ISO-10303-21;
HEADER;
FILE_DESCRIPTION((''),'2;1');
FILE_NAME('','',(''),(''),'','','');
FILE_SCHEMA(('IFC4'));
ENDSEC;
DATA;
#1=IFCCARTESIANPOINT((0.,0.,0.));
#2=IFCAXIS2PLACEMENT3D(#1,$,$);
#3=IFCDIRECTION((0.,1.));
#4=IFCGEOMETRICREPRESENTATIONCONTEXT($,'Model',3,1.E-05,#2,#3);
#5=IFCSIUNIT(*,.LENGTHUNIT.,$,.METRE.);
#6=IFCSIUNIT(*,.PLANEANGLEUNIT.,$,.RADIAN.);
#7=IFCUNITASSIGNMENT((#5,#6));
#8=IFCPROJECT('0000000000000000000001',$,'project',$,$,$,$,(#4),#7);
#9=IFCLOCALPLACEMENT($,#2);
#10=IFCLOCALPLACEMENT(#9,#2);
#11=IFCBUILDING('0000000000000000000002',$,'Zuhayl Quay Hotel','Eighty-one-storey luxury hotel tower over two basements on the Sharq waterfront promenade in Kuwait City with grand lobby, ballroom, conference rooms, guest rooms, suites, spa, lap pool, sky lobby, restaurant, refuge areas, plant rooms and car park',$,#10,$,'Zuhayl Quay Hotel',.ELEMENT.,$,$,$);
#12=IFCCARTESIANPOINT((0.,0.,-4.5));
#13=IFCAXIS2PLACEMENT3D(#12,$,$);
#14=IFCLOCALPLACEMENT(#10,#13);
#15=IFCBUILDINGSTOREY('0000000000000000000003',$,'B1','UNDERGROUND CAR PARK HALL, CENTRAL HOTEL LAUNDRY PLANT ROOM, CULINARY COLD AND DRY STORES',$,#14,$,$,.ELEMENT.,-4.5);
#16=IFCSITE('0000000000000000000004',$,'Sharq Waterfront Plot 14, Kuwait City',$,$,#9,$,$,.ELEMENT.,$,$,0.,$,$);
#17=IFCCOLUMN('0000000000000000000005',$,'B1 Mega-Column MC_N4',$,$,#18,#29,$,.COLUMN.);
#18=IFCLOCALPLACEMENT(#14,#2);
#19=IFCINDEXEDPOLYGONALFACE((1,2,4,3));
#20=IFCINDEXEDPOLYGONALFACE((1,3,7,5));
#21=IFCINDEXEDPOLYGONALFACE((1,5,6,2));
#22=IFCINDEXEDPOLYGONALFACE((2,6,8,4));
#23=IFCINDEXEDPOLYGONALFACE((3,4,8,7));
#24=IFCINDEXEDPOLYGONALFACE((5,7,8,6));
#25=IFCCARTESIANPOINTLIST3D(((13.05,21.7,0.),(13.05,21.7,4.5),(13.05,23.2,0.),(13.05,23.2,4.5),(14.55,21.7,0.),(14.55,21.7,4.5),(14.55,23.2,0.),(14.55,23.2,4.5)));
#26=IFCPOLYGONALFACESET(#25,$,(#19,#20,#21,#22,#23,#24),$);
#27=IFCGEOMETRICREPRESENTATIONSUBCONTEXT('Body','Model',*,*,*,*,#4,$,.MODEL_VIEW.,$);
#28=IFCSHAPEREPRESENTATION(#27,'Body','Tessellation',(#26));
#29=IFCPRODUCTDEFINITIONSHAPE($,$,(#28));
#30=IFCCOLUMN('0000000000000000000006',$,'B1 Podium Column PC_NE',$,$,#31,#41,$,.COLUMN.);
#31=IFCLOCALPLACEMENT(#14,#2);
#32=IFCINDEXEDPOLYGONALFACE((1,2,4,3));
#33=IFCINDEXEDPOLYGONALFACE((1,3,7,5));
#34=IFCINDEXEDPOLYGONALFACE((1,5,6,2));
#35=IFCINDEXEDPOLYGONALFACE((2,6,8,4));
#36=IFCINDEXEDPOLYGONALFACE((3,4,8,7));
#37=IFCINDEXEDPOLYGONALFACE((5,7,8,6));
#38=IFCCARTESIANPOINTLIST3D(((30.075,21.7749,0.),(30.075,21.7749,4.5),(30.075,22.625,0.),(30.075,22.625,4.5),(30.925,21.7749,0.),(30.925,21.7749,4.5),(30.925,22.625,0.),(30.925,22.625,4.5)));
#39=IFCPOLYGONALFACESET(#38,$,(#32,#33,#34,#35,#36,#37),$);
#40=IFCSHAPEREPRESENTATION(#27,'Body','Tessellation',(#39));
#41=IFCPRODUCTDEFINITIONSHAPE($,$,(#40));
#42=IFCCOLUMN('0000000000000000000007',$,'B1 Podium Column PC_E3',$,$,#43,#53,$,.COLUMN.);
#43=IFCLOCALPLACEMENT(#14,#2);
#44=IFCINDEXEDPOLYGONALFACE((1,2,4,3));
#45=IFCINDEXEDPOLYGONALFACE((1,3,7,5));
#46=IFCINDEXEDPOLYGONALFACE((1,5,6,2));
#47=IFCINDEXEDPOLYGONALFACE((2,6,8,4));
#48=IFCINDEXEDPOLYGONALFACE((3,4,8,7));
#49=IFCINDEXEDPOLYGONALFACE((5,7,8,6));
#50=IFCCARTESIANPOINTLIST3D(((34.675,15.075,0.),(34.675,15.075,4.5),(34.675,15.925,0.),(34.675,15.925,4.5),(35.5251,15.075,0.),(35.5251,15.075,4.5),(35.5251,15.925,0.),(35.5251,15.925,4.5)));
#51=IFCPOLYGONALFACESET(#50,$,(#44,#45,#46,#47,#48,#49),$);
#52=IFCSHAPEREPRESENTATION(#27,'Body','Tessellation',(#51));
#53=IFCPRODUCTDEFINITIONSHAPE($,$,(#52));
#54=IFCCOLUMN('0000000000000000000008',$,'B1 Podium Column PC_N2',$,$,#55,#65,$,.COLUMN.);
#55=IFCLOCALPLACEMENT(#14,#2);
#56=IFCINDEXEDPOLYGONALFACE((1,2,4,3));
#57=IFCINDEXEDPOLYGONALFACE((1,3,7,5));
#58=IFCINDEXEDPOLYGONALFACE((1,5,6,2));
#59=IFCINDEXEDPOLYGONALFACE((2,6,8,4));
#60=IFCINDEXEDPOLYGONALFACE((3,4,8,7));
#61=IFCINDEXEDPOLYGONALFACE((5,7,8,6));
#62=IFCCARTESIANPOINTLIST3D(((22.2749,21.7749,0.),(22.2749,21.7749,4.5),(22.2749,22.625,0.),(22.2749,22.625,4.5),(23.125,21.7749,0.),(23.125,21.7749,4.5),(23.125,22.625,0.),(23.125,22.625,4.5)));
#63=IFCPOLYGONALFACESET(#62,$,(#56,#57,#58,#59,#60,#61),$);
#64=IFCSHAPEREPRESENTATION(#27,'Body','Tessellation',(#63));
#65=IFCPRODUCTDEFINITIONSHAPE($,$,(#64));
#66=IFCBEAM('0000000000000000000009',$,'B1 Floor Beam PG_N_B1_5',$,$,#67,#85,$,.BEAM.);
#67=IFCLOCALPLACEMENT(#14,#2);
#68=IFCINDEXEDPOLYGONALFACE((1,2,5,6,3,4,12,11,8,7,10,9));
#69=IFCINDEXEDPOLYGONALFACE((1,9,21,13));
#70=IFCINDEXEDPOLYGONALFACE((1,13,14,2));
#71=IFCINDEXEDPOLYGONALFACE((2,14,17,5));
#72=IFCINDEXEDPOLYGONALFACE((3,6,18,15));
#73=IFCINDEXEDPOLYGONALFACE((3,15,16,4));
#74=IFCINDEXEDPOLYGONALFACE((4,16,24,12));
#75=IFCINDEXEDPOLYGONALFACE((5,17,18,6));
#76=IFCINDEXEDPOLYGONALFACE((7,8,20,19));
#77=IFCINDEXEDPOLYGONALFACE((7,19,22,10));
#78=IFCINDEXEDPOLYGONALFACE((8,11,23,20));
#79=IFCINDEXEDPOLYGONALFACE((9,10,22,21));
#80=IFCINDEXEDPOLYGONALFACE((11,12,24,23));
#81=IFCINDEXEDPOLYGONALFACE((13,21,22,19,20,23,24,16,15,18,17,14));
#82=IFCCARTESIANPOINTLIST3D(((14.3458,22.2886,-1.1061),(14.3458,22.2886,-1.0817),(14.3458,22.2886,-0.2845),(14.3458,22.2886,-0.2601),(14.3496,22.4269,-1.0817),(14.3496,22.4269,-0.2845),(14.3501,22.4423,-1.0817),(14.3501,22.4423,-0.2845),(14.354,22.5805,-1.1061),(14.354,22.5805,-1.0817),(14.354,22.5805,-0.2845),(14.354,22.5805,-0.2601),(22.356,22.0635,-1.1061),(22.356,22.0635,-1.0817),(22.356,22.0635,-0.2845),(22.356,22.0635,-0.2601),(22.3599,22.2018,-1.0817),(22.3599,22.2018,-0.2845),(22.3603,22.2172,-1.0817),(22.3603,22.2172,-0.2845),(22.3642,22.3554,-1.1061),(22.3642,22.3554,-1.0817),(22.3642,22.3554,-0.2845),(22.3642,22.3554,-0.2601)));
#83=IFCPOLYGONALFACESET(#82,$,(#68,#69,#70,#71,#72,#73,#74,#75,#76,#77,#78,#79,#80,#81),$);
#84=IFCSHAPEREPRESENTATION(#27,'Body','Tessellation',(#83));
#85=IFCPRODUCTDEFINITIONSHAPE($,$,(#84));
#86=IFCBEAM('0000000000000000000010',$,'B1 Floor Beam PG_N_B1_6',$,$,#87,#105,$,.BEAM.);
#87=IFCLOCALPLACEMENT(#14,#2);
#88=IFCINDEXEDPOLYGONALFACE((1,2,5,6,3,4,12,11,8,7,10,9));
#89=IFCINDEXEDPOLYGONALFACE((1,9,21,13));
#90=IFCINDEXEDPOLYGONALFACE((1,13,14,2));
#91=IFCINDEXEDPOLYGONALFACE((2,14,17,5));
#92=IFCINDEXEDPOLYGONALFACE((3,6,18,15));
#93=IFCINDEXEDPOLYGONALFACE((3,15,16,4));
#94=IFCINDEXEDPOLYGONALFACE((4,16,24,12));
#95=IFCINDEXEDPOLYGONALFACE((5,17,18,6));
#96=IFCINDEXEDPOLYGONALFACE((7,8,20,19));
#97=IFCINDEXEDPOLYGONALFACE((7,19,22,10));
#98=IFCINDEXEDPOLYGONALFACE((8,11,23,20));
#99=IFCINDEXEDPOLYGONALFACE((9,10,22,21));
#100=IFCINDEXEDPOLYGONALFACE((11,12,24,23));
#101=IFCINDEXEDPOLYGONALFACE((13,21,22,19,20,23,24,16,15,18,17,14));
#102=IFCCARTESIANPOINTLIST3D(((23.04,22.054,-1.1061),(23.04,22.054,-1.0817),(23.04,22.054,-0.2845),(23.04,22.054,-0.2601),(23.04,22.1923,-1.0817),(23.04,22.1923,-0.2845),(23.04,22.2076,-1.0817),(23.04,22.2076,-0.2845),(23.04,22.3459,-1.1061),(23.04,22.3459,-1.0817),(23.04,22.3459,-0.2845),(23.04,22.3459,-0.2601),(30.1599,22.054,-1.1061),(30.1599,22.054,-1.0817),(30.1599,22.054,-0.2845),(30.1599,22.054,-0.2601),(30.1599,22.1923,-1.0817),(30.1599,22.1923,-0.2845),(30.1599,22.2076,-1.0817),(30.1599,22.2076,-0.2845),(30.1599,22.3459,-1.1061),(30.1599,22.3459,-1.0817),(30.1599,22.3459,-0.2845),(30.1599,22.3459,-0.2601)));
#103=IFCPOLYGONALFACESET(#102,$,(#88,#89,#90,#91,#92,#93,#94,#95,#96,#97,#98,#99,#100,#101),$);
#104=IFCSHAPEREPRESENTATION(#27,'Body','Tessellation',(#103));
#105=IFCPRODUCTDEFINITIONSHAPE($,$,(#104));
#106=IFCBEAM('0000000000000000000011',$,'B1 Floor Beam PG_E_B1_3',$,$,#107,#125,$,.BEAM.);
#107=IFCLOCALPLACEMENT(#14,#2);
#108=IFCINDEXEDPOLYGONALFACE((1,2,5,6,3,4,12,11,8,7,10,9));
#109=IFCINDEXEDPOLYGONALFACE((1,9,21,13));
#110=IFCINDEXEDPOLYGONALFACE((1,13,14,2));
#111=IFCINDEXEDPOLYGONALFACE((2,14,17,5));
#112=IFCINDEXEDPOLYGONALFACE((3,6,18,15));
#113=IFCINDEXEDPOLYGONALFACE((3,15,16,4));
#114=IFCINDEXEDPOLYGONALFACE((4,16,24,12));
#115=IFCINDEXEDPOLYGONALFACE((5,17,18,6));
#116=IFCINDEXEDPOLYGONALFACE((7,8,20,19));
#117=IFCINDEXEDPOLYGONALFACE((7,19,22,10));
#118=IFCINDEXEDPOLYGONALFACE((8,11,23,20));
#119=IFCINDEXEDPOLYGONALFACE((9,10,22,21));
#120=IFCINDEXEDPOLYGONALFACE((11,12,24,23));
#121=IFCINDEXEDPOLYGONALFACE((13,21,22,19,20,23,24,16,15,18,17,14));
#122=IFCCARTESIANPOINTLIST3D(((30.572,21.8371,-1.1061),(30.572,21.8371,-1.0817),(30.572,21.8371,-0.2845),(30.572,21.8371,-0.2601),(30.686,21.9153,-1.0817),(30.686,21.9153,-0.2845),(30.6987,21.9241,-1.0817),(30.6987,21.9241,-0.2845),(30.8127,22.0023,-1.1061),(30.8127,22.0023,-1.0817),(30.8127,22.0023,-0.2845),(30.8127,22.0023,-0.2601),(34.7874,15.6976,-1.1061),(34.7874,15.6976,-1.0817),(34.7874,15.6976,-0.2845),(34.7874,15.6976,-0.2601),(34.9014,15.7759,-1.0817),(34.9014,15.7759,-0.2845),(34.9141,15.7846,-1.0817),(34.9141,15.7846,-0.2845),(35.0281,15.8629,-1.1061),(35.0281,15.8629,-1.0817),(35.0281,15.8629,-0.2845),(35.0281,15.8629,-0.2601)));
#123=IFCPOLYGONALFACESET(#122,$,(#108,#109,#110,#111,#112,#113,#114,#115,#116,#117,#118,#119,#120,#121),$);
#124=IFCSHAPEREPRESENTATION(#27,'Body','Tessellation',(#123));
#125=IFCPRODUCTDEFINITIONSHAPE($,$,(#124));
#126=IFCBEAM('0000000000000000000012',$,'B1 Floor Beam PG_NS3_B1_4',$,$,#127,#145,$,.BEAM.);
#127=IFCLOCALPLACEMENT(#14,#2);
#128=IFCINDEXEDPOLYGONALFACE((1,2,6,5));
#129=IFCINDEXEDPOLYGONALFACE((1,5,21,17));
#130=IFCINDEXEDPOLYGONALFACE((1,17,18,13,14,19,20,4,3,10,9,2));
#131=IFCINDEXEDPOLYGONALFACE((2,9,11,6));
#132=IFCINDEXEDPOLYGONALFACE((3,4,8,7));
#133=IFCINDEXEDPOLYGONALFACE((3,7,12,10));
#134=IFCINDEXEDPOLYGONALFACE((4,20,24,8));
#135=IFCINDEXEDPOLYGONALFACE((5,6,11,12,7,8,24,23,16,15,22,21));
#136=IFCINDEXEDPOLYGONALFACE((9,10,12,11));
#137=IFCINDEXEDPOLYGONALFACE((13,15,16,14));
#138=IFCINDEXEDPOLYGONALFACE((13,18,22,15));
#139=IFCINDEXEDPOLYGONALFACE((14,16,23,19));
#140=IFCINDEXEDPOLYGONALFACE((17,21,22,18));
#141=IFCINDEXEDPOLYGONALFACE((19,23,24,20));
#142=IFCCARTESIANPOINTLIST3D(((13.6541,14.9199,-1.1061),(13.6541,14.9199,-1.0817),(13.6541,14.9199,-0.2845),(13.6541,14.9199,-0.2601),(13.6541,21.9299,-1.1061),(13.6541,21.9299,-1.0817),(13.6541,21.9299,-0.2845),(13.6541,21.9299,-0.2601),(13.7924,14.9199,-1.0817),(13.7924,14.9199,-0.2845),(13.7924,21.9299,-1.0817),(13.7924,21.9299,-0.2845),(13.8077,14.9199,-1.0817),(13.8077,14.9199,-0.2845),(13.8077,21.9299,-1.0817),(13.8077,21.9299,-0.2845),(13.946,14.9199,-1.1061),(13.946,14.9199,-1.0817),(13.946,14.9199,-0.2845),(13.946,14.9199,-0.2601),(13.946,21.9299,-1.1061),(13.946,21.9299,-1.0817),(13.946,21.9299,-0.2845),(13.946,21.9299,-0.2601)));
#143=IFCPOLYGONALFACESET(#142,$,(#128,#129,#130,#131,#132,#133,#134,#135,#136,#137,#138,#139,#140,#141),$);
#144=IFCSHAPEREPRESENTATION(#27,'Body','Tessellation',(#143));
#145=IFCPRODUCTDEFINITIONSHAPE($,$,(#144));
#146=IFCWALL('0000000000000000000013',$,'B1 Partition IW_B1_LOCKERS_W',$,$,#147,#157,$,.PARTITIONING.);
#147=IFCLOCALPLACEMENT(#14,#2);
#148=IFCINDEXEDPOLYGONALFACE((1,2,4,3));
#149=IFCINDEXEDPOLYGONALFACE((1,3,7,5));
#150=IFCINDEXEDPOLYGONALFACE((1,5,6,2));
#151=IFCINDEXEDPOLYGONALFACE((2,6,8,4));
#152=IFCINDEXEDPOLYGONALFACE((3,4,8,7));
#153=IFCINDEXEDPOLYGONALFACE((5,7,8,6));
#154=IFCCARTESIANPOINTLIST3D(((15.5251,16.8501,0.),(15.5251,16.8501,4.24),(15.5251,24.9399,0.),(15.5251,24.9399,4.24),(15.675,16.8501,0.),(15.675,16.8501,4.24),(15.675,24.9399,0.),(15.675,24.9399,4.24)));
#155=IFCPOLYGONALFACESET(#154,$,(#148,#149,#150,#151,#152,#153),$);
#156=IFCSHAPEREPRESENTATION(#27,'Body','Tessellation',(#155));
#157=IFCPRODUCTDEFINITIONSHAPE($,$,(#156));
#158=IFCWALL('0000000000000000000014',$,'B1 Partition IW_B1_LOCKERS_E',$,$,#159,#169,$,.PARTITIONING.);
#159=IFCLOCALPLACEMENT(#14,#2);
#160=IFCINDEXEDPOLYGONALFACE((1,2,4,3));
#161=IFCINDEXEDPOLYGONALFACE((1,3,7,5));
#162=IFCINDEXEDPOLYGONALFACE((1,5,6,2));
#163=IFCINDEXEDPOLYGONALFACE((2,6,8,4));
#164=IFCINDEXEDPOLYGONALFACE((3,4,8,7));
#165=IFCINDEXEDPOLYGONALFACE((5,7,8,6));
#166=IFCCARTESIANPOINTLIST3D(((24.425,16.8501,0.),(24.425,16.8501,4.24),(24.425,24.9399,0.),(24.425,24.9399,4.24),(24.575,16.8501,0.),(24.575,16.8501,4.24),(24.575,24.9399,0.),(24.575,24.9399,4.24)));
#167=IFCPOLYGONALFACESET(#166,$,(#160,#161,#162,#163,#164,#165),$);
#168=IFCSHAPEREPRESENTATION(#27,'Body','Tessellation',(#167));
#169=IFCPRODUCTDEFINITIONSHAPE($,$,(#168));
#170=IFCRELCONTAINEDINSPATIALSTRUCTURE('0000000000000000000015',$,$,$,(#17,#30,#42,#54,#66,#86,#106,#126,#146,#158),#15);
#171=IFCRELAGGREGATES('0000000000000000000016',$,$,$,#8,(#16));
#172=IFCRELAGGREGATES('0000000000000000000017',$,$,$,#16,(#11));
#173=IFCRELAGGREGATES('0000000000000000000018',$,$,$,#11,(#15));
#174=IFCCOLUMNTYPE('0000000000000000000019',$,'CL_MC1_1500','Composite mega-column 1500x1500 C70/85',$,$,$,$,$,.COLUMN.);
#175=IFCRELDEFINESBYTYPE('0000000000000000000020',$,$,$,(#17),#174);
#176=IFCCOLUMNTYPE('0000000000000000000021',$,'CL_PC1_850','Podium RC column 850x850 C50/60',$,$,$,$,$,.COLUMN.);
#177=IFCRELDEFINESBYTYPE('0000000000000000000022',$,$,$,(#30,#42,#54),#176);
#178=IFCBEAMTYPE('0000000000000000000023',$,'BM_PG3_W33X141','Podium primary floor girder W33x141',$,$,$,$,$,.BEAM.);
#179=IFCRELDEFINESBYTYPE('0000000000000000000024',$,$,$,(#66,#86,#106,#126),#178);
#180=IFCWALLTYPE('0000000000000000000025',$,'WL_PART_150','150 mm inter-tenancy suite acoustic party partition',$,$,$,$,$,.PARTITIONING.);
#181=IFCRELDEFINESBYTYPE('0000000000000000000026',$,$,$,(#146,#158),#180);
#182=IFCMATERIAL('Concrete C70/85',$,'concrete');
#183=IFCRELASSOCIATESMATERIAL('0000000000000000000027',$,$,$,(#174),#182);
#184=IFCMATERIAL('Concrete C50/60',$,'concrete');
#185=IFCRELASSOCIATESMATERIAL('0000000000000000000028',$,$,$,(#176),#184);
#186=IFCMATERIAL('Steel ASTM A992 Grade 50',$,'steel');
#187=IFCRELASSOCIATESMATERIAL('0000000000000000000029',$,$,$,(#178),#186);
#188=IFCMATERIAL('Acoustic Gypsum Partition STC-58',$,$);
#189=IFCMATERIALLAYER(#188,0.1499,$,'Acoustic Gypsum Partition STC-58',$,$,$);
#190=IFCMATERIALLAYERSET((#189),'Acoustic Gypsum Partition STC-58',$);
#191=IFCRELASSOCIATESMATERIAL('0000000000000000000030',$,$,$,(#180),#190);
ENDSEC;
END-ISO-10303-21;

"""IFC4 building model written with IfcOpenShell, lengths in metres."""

from ifc_helpers import new_model, si_unit, direction, frame, frame_2d, origin, origin_2d, place, context, subcontext, project, spatial, rectangle, i_section, extrude, material, layer, layer_set, material_profile, profile_set, type_object, element, save


model = new_model("IFC4")

# Units and contexts
model_context = context("Model", 3, precision=1e-05, world=origin(), true_north=direction((0.0, 1.0)))
body_context = subcontext(model_context, "Body", "Model", "MODEL_VIEW")
ifc_project = project(units=[si_unit("LENGTHUNIT", "METRE"), si_unit("PLANEANGLEUNIT", "RADIAN")], contexts=[model_context])

# Site, building, storey
site_placement = place(None, origin())
site = spatial("IfcSite", under=ifc_project, at=site_placement, Name="Sharq Waterfront Plot 14, Kuwait City", CompositionType="ELEMENT", RefElevation=0.0)
building_placement = place(site_placement, origin())
building = spatial("IfcBuilding", under=site, at=building_placement, Name="Zuhayl Quay Hotel", Description="Eighty-one-storey luxury hotel tower over two basements on the Sharq waterfront promenade in Kuwait City with grand lobby, ballroom, conference rooms, guest rooms, suites, spa, lap pool, sky lobby, restaurant, refuge areas, plant rooms and car park", LongName="Zuhayl Quay Hotel", CompositionType="ELEMENT")
storey_placement = place(building_placement, frame((0.0, 0.0, -4.5)))
storey = spatial("IfcBuildingStorey", under=building, at=storey_placement, Name="B1", Description="UNDERGROUND CAR PARK HALL, CENTRAL HOTEL LAUNDRY PLANT ROOM, CULINARY COLD AND DRY STORES", CompositionType="ELEMENT", Elevation=-4.5)

# Columns
ifc_material_1 = material(Name="Concrete C70/85", Category="concrete")
ifc_material_profile_1 = material_profile(ifc_material_1, rectangle(XDim=1.5, YDim=1.5, at=origin_2d()), Name="RC1500X1500")
ifc_profile_set_1 = profile_set([ifc_material_profile_1], Name="Concrete C70/85")
column_type_1 = type_object("IfcColumnType", Name="CL_MC1_1500", Description="Composite mega-column 1500x1500 C70/85", PredefinedType="COLUMN", material=ifc_profile_set_1)
column_placement = place(storey_placement, frame((13.8, 22.45, 0.0), z_axis=(0.0, 0.0, 1.0), x_axis=(1.0, 0.0, 0.0)))
element("IfcColumn", 1, at=column_placement, inside=storey, type_object=column_type_1, Name="B1 Mega-Column MC_N4", PredefinedType="COLUMN", context=body_context, shape_type="SweptSolid", body=[
    extrude(rectangle(XDim=1.5, YDim=1.5, at=origin_2d()), origin(), (0.0, 0.0, 1.0), 4.5),
])
ifc_material_2 = material(Name="Concrete C50/60", Category="concrete")
ifc_material_profile_2 = material_profile(ifc_material_2, rectangle(XDim=0.8501, YDim=0.8501, at=origin_2d()), Name="RC850X850")
ifc_profile_set_2 = profile_set([ifc_material_profile_2], Name="Concrete C50/60")
column_type_2 = type_object("IfcColumnType", Name="CL_PC1_850", Description="Podium RC column 850x850 C50/60", PredefinedType="COLUMN", material=ifc_profile_set_2)
for number, where, z_axis, x_axis, name in (
    (2, (30.5, 22.2, 0.0), (0.0, 0.0, 1.0), (1.0, 0.0, 0.0), "B1 Podium Column PC_NE"),
    (3, (35.1001, 15.5, 0.0), (0.0, 0.0, 1.0), (1.0, 0.0, 0.0), "B1 Podium Column PC_E3"),
    (4, (22.7, 22.2, 0.0), (0.0, 0.0, 1.0), (1.0, 0.0, 0.0), "B1 Podium Column PC_N2"),
):
    element("IfcColumn", number, at=place(storey_placement, frame(where, z_axis=z_axis, x_axis=x_axis)), inside=storey, type_object=column_type_2, Name=name, PredefinedType="COLUMN", context=body_context, shape_type="SweptSolid", body=[
        extrude(rectangle(XDim=0.8501, YDim=0.8501, at=origin_2d()), origin(), (0.0, 0.0, 1.0), 4.5),
    ])

# Beams
ifc_material_3 = material(Name="Steel ASTM A992 Grade 50", Category="steel")
ifc_material_profile_3 = material_profile(ifc_material_3, i_section(OverallWidth=0.292, OverallDepth=0.8459, WebThickness=0.0154, FlangeThickness=0.0244, at=origin_2d()), Name="W33X141")
ifc_profile_set_3 = profile_set([ifc_material_profile_3], Name="Steel ASTM A992 Grade 50")
beam_type = type_object("IfcBeamType", Name="BM_PG3_W33X141", Description="Podium primary floor girder W33x141", PredefinedType="BEAM", material=ifc_profile_set_3)
beam_1_placement = place(storey_placement, frame((14.3499, 22.4346, -0.6831), z_axis=(0.999605, -0.02809, 0.0), x_axis=(0.02809, 0.999605, 0.0)))
element("IfcBeam", 5, at=beam_1_placement, inside=storey, type_object=beam_type, Name="B1 Floor Beam PG_N_B1_5", PredefinedType="BEAM", context=body_context, shape_type="SweptSolid", body=[
    extrude(i_section(OverallWidth=0.292, OverallDepth=0.8459, WebThickness=0.0154, FlangeThickness=0.0244, at=origin_2d()), origin(), (0.0, 0.0, 1.0), 8.0134),
])
beam_2_placement = place(storey_placement, frame((23.04, 22.2, -0.6831), z_axis=(1.0, 0.0, 0.0), x_axis=(0.0, 1.0, 0.0)))
element("IfcBeam", 6, at=beam_2_placement, inside=storey, type_object=beam_type, Name="B1 Floor Beam PG_N_B1_6", PredefinedType="BEAM", context=body_context, shape_type="SweptSolid", body=[
    extrude(i_section(OverallWidth=0.292, OverallDepth=0.8459, WebThickness=0.0154, FlangeThickness=0.0244, at=origin_2d()), origin(), (0.0, 0.0, 1.0), 7.1199),
])
beam_3_placement = place(storey_placement, frame((34.9077, 15.7803, -0.6831), z_axis=(-0.566026, 0.824387, 0.0), x_axis=(-0.824387, -0.566026, 0.0)))
element("IfcBeam", 7, at=beam_3_placement, inside=storey, type_object=beam_type, Name="B1 Floor Beam PG_E_B1_3", PredefinedType="BEAM", context=body_context, shape_type="SweptSolid", body=[
    extrude(i_section(OverallWidth=0.292, OverallDepth=0.8459, WebThickness=0.0154, FlangeThickness=0.0244, at=origin_2d()), origin(), (0.0, 0.0, 1.0), 7.4473),
])
beam_4_placement = place(storey_placement, frame((13.8, 14.9199, -0.6831), z_axis=(0.0, 1.0, 0.0), x_axis=(-1.0, 0.0, 0.0)))
element("IfcBeam", 8, at=beam_4_placement, inside=storey, type_object=beam_type, Name="B1 Floor Beam PG_NS3_B1_4", PredefinedType="BEAM", context=body_context, shape_type="SweptSolid", body=[
    extrude(i_section(OverallWidth=0.292, OverallDepth=0.8459, WebThickness=0.0154, FlangeThickness=0.0244, at=origin_2d()), origin(), (0.0, 0.0, 1.0), 7.01),
])

# Walls
ifc_material_4 = material(Name="Acoustic Gypsum Partition STC-58")
ifc_layer_1 = layer(ifc_material_4, 0.1499, Name="Acoustic Gypsum Partition STC-58")
ifc_layer_set_1 = layer_set([ifc_layer_1], Name="Acoustic Gypsum Partition STC-58")
wall_type_1 = type_object("IfcWallType", Name="WL_PART_150", Description="150 mm inter-tenancy suite acoustic party partition", PredefinedType="PARTITIONING", material=ifc_layer_set_1)
for number, where, z_axis, x_axis, name in (
    (9, (15.6001, 16.8501, 0.0), (0.0, 0.0, 1.0), (0.0, 1.0, 0.0), "B1 Partition IW_B1_LOCKERS_W"),
    (10, (24.5, 16.8501, 0.0), (0.0, 0.0, 1.0), (0.0, 1.0, 0.0), "B1 Partition IW_B1_LOCKERS_E"),
):
    element("IfcWall", number, at=place(storey_placement, frame(where, z_axis=z_axis, x_axis=x_axis)), inside=storey, type_object=wall_type_1, Name=name, PredefinedType="PARTITIONING", context=body_context, shape_type="SweptSolid", body=[
        extrude(rectangle(XDim=8.0898, YDim=0.1499, at=frame_2d((4.0449, 0.0))), origin(), (0.0, 0.0, 1.0), 4.24),
    ])

save(model, "model.ifc")
